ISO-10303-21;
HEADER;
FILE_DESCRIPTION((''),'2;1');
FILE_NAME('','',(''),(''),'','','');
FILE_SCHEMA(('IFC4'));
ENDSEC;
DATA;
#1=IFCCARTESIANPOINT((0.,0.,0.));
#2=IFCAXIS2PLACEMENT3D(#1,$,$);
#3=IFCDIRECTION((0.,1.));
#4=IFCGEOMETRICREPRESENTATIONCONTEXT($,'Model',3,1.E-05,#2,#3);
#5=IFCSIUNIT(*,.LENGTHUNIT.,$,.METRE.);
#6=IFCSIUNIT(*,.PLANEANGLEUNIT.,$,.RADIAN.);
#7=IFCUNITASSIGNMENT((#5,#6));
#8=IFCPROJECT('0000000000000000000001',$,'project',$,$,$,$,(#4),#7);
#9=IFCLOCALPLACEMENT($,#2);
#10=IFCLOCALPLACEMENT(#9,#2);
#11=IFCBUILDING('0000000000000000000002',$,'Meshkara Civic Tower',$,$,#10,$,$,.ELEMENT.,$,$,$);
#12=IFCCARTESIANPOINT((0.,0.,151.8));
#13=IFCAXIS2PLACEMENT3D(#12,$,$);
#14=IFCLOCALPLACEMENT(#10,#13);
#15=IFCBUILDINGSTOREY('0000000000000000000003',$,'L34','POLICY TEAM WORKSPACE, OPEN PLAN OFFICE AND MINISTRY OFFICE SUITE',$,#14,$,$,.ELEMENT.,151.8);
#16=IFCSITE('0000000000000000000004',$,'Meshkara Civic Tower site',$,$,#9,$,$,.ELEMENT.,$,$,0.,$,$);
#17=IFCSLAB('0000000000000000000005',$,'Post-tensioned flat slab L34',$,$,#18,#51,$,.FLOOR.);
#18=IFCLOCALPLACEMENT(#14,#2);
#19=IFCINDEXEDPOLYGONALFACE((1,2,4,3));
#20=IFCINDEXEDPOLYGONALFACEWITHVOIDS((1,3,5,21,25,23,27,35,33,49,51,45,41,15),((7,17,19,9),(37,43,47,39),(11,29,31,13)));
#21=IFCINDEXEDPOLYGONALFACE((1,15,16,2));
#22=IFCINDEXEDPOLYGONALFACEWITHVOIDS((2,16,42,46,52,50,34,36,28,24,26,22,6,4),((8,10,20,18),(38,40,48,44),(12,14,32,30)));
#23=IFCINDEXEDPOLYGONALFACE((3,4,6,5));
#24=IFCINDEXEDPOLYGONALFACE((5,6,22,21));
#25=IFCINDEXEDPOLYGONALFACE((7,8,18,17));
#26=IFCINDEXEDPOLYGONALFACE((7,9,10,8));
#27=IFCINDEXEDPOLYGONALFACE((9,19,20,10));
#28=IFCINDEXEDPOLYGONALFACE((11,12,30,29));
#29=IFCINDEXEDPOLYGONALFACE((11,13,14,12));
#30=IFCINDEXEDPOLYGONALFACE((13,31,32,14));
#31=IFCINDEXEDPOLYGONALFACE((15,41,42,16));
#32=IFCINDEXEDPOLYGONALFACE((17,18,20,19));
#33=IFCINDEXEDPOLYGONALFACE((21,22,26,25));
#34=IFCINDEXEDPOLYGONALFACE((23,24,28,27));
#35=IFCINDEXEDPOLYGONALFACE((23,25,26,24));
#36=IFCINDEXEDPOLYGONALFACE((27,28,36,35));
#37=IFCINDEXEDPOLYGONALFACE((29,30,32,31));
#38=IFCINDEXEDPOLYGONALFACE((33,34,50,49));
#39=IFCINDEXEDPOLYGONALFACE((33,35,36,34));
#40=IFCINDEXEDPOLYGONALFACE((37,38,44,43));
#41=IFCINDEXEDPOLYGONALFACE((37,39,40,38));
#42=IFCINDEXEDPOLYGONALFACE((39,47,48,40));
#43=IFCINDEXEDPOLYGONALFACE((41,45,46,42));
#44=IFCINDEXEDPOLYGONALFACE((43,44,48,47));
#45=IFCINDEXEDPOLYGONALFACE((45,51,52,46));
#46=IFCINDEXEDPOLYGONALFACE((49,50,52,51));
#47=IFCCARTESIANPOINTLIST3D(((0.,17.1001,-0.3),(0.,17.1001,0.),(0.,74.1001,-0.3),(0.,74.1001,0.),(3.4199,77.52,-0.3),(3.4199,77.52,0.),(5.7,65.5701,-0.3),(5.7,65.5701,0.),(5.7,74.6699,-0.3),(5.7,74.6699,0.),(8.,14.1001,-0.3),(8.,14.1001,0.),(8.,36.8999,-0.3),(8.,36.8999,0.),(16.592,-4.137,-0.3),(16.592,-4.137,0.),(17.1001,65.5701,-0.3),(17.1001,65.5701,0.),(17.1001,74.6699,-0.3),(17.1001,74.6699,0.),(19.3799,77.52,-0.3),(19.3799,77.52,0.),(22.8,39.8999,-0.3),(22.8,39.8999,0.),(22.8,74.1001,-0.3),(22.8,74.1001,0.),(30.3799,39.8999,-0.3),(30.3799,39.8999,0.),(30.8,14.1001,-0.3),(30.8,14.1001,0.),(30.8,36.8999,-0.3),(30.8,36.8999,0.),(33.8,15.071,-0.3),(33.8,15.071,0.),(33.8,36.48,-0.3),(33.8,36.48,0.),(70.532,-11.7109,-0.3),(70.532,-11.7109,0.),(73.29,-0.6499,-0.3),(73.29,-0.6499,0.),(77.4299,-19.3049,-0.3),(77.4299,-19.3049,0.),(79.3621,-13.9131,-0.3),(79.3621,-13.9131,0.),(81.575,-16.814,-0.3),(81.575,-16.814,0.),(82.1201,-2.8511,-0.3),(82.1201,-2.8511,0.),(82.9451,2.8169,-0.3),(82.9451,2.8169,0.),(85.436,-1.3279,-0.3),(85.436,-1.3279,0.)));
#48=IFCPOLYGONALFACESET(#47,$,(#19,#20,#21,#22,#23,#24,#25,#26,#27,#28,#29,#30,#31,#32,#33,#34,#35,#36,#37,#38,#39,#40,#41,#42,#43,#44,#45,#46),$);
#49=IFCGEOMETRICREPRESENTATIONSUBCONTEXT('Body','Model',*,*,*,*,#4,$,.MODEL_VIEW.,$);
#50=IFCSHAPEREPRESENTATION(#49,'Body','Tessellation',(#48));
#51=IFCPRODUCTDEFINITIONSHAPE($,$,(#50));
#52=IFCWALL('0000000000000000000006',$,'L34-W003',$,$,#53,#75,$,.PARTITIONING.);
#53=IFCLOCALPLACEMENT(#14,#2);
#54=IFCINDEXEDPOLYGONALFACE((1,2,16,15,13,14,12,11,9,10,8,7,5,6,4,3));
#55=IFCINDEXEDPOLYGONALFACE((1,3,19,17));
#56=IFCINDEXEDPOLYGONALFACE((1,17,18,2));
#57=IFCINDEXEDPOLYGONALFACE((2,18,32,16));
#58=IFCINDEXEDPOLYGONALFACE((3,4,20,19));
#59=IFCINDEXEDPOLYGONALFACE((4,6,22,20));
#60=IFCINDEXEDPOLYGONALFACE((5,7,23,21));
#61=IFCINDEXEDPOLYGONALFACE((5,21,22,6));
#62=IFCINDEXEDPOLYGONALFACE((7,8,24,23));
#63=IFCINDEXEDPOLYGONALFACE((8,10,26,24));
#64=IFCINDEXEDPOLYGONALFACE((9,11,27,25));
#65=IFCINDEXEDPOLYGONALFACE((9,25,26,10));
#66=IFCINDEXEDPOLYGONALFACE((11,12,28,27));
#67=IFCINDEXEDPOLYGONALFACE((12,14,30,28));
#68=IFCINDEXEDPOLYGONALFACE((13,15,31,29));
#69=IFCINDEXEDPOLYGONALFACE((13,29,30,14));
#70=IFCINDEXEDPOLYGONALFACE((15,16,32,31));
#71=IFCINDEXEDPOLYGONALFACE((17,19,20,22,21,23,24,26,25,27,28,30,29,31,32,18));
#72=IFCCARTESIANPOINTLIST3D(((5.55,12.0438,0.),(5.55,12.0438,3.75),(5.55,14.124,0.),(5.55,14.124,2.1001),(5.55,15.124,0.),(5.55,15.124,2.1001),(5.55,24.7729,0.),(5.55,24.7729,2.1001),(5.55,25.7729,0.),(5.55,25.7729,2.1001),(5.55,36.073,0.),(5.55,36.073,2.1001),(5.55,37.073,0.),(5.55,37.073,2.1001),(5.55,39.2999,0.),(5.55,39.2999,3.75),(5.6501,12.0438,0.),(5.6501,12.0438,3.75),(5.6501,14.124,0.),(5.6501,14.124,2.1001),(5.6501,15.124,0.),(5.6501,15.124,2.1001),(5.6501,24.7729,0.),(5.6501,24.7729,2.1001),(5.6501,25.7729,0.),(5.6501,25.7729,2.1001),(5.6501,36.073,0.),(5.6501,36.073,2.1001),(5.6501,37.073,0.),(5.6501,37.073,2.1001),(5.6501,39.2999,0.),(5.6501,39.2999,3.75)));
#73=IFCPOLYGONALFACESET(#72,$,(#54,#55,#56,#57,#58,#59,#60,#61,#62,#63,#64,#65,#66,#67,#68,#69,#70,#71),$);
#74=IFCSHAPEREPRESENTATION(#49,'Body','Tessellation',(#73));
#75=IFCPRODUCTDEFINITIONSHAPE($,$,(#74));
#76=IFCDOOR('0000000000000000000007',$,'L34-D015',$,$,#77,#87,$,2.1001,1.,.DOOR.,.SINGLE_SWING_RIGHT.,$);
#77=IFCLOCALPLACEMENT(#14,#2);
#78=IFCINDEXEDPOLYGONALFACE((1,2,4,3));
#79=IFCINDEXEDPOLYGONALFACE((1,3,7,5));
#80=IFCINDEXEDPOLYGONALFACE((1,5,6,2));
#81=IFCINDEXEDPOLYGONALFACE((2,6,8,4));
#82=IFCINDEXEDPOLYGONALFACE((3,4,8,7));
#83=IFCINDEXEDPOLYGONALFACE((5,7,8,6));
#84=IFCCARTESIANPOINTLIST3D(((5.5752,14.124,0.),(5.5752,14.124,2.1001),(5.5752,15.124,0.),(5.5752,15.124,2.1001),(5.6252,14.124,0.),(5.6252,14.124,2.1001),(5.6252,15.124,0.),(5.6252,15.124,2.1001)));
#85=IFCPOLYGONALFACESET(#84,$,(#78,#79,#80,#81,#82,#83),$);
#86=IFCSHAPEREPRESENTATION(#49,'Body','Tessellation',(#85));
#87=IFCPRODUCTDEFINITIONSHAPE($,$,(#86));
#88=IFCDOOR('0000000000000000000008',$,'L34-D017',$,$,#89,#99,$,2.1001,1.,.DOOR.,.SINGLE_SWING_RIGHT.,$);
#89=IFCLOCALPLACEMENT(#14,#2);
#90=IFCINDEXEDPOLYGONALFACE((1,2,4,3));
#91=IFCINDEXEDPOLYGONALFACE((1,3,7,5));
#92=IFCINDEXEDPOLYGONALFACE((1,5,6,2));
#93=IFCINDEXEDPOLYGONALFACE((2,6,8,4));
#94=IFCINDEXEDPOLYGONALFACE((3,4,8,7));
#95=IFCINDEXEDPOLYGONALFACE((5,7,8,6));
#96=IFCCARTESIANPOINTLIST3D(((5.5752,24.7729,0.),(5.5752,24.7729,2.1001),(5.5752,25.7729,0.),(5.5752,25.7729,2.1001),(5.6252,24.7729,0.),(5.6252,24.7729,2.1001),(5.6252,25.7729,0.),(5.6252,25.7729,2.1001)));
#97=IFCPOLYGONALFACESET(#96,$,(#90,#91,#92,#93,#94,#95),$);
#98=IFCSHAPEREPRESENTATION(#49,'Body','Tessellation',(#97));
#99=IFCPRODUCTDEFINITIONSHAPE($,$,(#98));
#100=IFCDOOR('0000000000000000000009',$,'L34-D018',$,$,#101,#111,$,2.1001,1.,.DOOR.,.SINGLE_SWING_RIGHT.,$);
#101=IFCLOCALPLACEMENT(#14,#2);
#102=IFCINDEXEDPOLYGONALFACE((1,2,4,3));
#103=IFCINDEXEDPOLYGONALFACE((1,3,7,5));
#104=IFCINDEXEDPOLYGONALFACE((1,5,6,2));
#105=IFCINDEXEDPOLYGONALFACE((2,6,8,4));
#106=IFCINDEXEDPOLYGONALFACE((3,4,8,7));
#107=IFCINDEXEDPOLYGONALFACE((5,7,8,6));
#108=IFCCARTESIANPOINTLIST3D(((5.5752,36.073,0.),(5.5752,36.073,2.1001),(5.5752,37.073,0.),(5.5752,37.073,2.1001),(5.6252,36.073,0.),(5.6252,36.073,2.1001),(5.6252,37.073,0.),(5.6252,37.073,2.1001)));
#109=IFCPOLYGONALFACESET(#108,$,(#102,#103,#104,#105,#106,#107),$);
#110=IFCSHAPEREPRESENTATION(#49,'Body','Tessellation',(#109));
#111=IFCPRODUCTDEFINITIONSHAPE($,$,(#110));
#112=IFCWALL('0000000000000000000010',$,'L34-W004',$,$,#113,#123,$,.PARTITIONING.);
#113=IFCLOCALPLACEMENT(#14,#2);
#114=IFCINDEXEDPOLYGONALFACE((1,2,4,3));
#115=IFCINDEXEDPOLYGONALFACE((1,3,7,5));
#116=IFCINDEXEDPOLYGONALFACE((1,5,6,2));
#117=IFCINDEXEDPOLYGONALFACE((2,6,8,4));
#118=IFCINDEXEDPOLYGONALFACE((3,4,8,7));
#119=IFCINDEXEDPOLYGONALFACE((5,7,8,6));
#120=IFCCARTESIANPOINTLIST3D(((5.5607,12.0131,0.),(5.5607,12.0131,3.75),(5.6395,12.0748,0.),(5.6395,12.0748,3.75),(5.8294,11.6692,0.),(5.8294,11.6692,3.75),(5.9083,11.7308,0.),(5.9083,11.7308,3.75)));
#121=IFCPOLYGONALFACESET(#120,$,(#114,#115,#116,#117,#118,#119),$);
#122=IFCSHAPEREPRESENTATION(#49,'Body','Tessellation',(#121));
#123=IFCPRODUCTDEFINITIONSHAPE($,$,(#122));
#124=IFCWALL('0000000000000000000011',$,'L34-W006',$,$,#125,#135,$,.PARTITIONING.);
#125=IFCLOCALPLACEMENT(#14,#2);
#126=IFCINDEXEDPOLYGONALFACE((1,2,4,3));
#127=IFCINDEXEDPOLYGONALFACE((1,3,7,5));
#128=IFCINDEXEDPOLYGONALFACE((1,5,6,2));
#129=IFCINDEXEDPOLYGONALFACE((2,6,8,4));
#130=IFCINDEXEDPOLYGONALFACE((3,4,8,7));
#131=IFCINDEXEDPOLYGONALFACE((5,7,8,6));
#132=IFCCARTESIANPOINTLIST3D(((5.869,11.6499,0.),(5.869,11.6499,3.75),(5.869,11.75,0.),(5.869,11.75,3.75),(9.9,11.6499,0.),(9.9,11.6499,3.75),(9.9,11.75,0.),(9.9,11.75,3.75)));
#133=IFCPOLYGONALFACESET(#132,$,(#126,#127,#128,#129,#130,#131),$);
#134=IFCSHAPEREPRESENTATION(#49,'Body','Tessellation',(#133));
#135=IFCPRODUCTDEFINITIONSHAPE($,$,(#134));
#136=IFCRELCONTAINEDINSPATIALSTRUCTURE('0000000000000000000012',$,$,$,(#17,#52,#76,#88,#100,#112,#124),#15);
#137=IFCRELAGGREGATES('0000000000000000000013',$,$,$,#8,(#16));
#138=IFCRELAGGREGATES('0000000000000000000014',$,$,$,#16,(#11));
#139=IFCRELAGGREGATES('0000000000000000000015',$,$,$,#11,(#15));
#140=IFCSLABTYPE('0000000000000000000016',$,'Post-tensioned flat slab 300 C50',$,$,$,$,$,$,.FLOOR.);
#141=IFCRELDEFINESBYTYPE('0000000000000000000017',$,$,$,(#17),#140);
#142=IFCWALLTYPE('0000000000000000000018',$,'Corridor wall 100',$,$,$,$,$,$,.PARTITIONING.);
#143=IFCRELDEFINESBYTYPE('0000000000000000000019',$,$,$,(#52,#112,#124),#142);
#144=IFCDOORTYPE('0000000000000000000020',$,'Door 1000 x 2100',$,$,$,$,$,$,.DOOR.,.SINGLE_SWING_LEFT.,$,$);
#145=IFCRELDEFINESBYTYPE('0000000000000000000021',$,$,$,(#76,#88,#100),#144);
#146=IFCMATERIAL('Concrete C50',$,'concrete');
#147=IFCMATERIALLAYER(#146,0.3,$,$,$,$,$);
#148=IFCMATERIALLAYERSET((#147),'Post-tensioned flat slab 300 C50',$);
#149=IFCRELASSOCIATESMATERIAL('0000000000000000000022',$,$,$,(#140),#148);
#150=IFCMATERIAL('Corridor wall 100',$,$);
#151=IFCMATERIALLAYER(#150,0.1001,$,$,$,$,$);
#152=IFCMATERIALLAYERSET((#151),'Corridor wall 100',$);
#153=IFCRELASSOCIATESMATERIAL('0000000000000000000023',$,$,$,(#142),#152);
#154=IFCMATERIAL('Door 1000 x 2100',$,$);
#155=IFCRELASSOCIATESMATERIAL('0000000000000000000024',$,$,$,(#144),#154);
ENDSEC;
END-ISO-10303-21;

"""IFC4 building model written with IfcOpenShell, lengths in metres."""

from ifc_helpers import new_model, si_unit, direction, frame, frame_2d, origin, place, context, subcontext, project, spatial, polyline, rectangle, outline, extrude, material, layer, layer_set, type_object, element, fill, save


model = new_model("IFC4")

# Units and contexts
model_context = context("Model", 3, precision=1e-05, world=origin(), true_north=direction((0.0, 1.0)))
body_context = subcontext(model_context, "Body", "Model", "MODEL_VIEW")
ifc_project = project(units=[si_unit("LENGTHUNIT", "METRE"), si_unit("PLANEANGLEUNIT", "RADIAN")], contexts=[model_context])

# Site, building, storey
site_placement = place(None, origin())
site = spatial("IfcSite", under=ifc_project, at=site_placement, Name="Meshkara Civic Tower site", CompositionType="ELEMENT", RefElevation=0.0)
building_placement = place(site_placement, origin())
building = spatial("IfcBuilding", under=site, at=building_placement, Name="Meshkara Civic Tower", CompositionType="ELEMENT")
storey_placement = place(building_placement, frame((0.0, 0.0, 151.8)))
storey = spatial("IfcBuildingStorey", under=building, at=storey_placement, Name="L34", Description="POLICY TEAM WORKSPACE, OPEN PLAN OFFICE AND MINISTRY OFFICE SUITE", CompositionType="ELEMENT", Elevation=151.8)

# Slab
ifc_material_1 = material(Name="Concrete C50", Category="concrete")
ifc_layer_1 = layer(ifc_material_1, 0.3)
ifc_layer_set_1 = layer_set([ifc_layer_1], Name="Post-tensioned flat slab 300 C50")
slab_type_1 = type_object("IfcSlabType", Name="Post-tensioned flat slab 300 C50", PredefinedType="FLOOR", material=ifc_layer_set_1)
slab_1_placement = place(storey_placement, frame((0.0, 0.0, -0.3)))
element("IfcSlab", 1, at=slab_1_placement, inside=storey, type_object=slab_type_1, Name="Post-tensioned flat slab L34", PredefinedType="FLOOR", context=body_context, shape_type="SweptSolid", body=[
    extrude(outline(polyline([(81.575, -16.814), (77.4299, -19.3049), (16.592, -4.137), (0.0, 17.1001), (0.0, 74.1001), (3.4199, 77.52), (19.3799, 77.52), (22.8, 74.1001), (22.8, 39.8999), (30.3799, 39.8999), (33.8, 36.48), (33.8, 15.071), (82.9451, 2.8169), (85.436, -1.3279), (81.575, -16.814)]), holes=[polyline([(79.3621, -13.9131), (82.1201, -2.8511), (73.29, -0.6499), (70.532, -11.7109), (79.3621, -13.9131)]), polyline([(8.0, 14.1001), (30.8, 14.1001), (30.8, 36.8999), (8.0, 36.8999), (8.0, 14.1001)]), polyline([(5.7, 74.6699), (5.7, 65.5701), (17.1001, 65.5701), (17.1001, 74.6699), (5.7, 74.6699)])]), origin(), (0.0, 0.0, 1.0), 0.3),
])

# Wall, openings, doors
ifc_material_2 = material(Name="Corridor wall 100")
ifc_layer_2 = layer(ifc_material_2, 0.1001)
ifc_layer_set_2 = layer_set([ifc_layer_2], Name="Corridor wall 100")
wall_type_1 = type_object("IfcWallType", Name="Corridor wall 100", PredefinedType="PARTITIONING", material=ifc_layer_set_2)
wall_1_placement = place(storey_placement, frame((5.6001, 12.0439, 0.0), z_axis=(0.0, 0.0, 1.0), x_axis=(0.0, 1.0, 0.0)))
wall_1 = element("IfcWall", 2, at=wall_1_placement, inside=storey, type_object=wall_type_1, Name="L34-W003", PredefinedType="PARTITIONING", context=body_context, shape_type="SweptSolid", body=[
    extrude(rectangle(XDim=27.2561, YDim=0.1001, at=frame_2d((13.6279, 0.0))), origin(), (0.0, 0.0, 1.0), 3.75),
])
opening_1_placement = place(wall_1_placement, frame((2.0801, 0.0, 0.0)))
opening_1 = element("IfcOpeningElement", 3, at=opening_1_placement, cuts=wall_1, PredefinedType="OPENING", context=body_context, shape_type="SweptSolid", body=[
    extrude(rectangle(XDim=1.0, YDim=2.1001, at=frame_2d((0.5, 1.05))), frame((0.0, 0.0601, 0.0), z_axis=(0.0, -1.0, 0.0), x_axis=(1.0, 0.0, 0.0)), (0.0, 0.0, 1.0), 0.1201),
])
opening_2_placement = place(wall_1_placement, frame((12.729, 0.0, 0.0)))
opening_2 = element("IfcOpeningElement", 4, at=opening_2_placement, cuts=wall_1, PredefinedType="OPENING", context=body_context, shape_type="SweptSolid", body=[
    extrude(rectangle(XDim=1.0, YDim=2.1001, at=frame_2d((0.5, 1.05))), frame((0.0, 0.0601, 0.0), z_axis=(0.0, -1.0, 0.0), x_axis=(1.0, 0.0, 0.0)), (0.0, 0.0, 1.0), 0.1201),
])
opening_3_placement = place(wall_1_placement, frame((24.0291, 0.0, 0.0)))
opening_3 = element("IfcOpeningElement", 5, at=opening_3_placement, cuts=wall_1, PredefinedType="OPENING", context=body_context, shape_type="SweptSolid", body=[
    extrude(rectangle(XDim=1.0, YDim=2.1001, at=frame_2d((0.5, 1.05))), frame((0.0, 0.0601, 0.0), z_axis=(0.0, -1.0, 0.0), x_axis=(1.0, 0.0, 0.0)), (0.0, 0.0, 1.0), 0.1201),
])
ifc_material_3 = material(Name="Door 1000 x 2100")
door_type_1 = type_object("IfcDoorType", Name="Door 1000 x 2100", OperationType="SINGLE_SWING_LEFT", PredefinedType="DOOR", material=ifc_material_3)
door_1_placement = place(opening_1_placement, origin())
door_1 = element("IfcDoor", 6, at=door_1_placement, inside=storey, type_object=door_type_1, Name="L34-D015", OperationType="SINGLE_SWING_RIGHT", OverallHeight=2.1001, OverallWidth=1.0, PredefinedType="DOOR", context=body_context, shape_type="SweptSolid", body=[
    extrude(rectangle(XDim=1.0, YDim=2.1001, at=frame_2d((0.5, 1.05))), frame((0.0, 0.0249, 0.0), z_axis=(0.0, -1.0, 0.0), x_axis=(1.0, 0.0, 0.0)), (0.0, 0.0, 1.0), 0.05),
])
fill(opening_1, door_1)
door_2_placement = place(opening_2_placement, origin())
door_2 = element("IfcDoor", 7, at=door_2_placement, inside=storey, type_object=door_type_1, Name="L34-D017", OperationType="SINGLE_SWING_RIGHT", OverallHeight=2.1001, OverallWidth=1.0, PredefinedType="DOOR", context=body_context, shape_type="SweptSolid", body=[
    extrude(rectangle(XDim=1.0, YDim=2.1001, at=frame_2d((0.5, 1.05))), frame((0.0, 0.0249, 0.0), z_axis=(0.0, -1.0, 0.0), x_axis=(1.0, 0.0, 0.0)), (0.0, 0.0, 1.0), 0.05),
])
fill(opening_2, door_2)
door_3_placement = place(opening_3_placement, origin())
door_3 = element("IfcDoor", 8, at=door_3_placement, inside=storey, type_object=door_type_1, Name="L34-D018", OperationType="SINGLE_SWING_RIGHT", OverallHeight=2.1001, OverallWidth=1.0, PredefinedType="DOOR", context=body_context, shape_type="SweptSolid", body=[
    extrude(rectangle(XDim=1.0, YDim=2.1001, at=frame_2d((0.5, 1.05))), frame((0.0, 0.0249, 0.0), z_axis=(0.0, -1.0, 0.0), x_axis=(1.0, 0.0, 0.0)), (0.0, 0.0, 1.0), 0.05),
])
fill(opening_3, door_3)

# Walls
wall_2_placement = place(storey_placement, frame((5.6001, 12.0439, 0.0), z_axis=(0.0, 0.0, 1.0), x_axis=(0.61572, -0.787965, 0.0)))
element("IfcWall", 9, at=wall_2_placement, inside=storey, type_object=wall_type_1, Name="L34-W004", PredefinedType="PARTITIONING", context=body_context, shape_type="SweptSolid", body=[
    extrude(rectangle(XDim=0.4365, YDim=0.1001, at=frame_2d((0.2183, 0.0))), origin(), (0.0, 0.0, 1.0), 3.75),
])
wall_3_placement = place(storey_placement, frame((5.8689, 11.7, 0.0), z_axis=(0.0, 0.0, 1.0), x_axis=(1.0, 0.0, 0.0)))
element("IfcWall", 10, at=wall_3_placement, inside=storey, type_object=wall_type_1, Name="L34-W006", PredefinedType="PARTITIONING", context=body_context, shape_type="SweptSolid", body=[
    extrude(rectangle(XDim=4.031, YDim=0.1001, at=frame_2d((2.0156, 0.0))), origin(), (0.0, 0.0, 1.0), 3.75),
])

save(model, "model.ifc")
